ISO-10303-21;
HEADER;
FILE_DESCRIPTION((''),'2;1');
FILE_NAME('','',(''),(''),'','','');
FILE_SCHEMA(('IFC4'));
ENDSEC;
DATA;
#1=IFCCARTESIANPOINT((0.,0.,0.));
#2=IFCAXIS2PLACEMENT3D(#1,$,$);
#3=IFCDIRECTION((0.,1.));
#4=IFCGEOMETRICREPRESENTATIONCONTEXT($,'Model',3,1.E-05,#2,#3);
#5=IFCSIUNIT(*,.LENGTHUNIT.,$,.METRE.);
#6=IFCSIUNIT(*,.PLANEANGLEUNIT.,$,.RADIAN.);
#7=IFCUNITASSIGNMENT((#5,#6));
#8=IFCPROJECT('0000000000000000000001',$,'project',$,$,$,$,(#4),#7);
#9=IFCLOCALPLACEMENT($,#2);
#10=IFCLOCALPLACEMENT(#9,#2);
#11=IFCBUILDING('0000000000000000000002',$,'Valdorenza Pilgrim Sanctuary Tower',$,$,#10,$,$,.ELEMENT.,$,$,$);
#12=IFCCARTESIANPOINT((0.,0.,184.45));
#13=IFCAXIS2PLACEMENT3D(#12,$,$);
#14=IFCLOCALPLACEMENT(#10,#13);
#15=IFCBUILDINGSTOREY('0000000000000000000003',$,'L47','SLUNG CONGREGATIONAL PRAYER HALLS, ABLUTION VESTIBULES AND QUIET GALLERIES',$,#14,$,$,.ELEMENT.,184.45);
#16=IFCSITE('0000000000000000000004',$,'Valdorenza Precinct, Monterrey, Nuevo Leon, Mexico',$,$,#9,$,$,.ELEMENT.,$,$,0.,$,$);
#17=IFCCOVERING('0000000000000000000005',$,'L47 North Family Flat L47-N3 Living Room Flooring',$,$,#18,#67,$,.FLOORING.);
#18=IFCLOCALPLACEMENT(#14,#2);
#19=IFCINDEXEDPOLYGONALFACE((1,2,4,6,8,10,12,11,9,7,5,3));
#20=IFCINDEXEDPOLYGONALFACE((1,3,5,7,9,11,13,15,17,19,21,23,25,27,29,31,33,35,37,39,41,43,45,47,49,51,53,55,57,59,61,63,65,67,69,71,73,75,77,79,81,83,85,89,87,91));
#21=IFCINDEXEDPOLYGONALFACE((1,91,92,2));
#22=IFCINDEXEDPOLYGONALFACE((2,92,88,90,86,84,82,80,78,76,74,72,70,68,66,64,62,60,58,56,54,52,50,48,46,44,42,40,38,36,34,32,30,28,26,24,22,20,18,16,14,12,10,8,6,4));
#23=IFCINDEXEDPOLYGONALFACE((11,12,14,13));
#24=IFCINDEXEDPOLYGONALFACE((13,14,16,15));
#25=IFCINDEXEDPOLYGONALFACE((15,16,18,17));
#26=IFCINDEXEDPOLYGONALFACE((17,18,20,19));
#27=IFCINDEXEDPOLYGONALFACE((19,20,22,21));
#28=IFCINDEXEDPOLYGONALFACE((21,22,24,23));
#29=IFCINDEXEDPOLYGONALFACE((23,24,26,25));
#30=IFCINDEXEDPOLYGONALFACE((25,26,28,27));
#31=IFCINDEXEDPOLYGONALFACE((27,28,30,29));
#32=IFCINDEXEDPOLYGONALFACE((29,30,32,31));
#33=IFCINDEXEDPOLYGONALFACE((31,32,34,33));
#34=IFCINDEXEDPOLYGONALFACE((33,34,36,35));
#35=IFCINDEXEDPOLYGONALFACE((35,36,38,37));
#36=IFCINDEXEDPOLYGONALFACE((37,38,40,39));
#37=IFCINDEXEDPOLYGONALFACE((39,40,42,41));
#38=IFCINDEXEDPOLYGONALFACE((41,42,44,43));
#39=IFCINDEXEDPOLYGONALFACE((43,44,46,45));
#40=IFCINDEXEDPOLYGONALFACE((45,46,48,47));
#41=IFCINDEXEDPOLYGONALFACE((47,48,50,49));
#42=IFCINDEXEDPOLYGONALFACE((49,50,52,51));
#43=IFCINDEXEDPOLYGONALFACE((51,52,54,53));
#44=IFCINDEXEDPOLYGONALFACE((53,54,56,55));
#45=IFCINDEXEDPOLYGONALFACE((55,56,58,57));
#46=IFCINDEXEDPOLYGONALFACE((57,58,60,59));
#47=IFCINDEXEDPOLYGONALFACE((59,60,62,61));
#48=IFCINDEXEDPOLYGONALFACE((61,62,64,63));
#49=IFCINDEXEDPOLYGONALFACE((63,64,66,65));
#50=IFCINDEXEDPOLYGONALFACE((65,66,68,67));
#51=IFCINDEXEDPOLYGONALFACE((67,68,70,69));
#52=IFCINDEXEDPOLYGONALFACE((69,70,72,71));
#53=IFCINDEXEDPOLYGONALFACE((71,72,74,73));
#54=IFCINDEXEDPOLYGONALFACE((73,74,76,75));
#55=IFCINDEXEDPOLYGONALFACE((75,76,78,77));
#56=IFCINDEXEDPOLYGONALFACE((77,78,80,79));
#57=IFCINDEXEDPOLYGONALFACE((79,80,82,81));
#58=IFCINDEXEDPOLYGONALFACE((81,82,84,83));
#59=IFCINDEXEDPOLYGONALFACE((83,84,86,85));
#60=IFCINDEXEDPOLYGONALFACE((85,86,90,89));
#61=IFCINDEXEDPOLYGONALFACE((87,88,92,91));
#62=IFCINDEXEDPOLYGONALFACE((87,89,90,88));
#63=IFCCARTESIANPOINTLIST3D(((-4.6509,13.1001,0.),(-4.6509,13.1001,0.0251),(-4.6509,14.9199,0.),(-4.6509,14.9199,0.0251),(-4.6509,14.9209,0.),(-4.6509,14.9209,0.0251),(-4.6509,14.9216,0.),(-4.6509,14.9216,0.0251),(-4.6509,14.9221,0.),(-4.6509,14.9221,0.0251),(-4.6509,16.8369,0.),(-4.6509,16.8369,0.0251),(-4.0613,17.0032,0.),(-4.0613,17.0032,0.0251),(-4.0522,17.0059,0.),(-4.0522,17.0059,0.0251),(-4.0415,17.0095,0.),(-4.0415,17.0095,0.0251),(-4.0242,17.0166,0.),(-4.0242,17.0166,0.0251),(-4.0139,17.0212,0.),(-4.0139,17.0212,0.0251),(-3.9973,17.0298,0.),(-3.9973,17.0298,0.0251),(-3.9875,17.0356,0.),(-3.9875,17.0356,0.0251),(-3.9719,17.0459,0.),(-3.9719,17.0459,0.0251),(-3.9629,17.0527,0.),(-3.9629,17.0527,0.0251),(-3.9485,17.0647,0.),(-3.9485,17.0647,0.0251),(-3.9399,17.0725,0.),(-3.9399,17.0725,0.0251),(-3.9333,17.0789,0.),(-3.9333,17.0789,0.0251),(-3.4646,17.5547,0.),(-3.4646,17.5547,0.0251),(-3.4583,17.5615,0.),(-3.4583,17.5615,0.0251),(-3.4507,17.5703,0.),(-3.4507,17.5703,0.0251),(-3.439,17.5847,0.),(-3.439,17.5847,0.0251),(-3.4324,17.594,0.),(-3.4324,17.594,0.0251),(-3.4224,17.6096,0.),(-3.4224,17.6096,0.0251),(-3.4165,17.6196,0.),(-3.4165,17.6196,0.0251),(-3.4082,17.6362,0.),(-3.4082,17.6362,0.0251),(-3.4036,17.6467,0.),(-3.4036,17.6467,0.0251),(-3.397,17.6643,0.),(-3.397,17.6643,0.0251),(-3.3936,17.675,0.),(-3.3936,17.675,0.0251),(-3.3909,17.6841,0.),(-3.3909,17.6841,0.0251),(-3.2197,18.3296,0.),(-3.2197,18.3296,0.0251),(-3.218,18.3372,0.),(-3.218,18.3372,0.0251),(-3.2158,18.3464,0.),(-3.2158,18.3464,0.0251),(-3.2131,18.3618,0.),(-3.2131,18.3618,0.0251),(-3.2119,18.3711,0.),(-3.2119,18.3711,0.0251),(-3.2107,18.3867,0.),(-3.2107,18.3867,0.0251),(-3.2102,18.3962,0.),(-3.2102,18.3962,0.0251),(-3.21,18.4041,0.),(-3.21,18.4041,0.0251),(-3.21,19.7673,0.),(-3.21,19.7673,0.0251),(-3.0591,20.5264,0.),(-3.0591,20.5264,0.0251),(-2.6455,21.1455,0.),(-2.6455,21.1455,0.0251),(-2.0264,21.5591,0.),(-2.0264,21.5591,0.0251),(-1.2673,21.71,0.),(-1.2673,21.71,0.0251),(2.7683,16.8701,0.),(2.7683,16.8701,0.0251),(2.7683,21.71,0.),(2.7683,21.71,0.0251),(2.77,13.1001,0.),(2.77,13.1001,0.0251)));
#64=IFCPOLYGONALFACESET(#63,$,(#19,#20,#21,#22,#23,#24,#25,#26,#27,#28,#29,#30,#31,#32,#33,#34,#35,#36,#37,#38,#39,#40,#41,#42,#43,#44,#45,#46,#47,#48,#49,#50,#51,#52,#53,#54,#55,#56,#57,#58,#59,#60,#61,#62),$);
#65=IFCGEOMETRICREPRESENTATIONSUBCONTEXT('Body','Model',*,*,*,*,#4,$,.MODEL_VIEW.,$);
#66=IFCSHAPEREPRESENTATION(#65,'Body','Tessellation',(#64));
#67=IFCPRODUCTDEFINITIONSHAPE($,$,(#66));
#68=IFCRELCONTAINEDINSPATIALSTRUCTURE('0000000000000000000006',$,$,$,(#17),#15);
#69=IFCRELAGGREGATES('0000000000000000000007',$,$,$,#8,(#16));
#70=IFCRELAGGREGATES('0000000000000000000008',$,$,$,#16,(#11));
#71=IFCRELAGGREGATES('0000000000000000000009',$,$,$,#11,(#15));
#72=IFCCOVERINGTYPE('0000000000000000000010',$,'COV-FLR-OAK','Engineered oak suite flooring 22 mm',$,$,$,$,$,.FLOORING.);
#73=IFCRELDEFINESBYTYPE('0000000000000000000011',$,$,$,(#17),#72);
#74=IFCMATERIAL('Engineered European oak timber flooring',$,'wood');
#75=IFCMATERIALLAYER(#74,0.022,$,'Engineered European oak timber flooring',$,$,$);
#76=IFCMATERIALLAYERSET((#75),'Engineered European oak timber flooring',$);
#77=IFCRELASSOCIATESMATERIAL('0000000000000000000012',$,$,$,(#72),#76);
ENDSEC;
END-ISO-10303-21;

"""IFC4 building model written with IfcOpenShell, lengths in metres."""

from ifc_helpers import new_model, si_unit, direction, frame, origin, place, context, subcontext, project, spatial, polyline, outline, extrude, material, layer, layer_set, type_object, element, save


model = new_model("IFC4")

# Units and contexts
model_context = context("Model", 3, precision=1e-05, world=origin(), true_north=direction((0.0, 1.0)))
body_context = subcontext(model_context, "Body", "Model", "MODEL_VIEW")
ifc_project = project(units=[si_unit("LENGTHUNIT", "METRE"), si_unit("PLANEANGLEUNIT", "RADIAN")], contexts=[model_context])

# Site, building, storey
site_placement = place(None, origin())
site = spatial("IfcSite", under=ifc_project, at=site_placement, Name="Valdorenza Precinct, Monterrey, Nuevo Leon, Mexico", CompositionType="ELEMENT", RefElevation=0.0)
building_placement = place(site_placement, origin())
building = spatial("IfcBuilding", under=site, at=building_placement, Name="Valdorenza Pilgrim Sanctuary Tower", CompositionType="ELEMENT")
storey_placement = place(building_placement, frame((0.0, 0.0, 184.45)))
storey = spatial("IfcBuildingStorey", under=building, at=storey_placement, Name="L47", Description="SLUNG CONGREGATIONAL PRAYER HALLS, ABLUTION VESTIBULES AND QUIET GALLERIES", CompositionType="ELEMENT", Elevation=184.45)

# Covering
ifc_material_1 = material(Name="Engineered European oak timber flooring", Category="wood")
ifc_layer_1 = layer(ifc_material_1, 0.022, Name="Engineered European oak timber flooring")
ifc_layer_set_1 = layer_set([ifc_layer_1], Name="Engineered European oak timber flooring")
covering_type_1 = type_object("IfcCoveringType", Name="COV-FLR-OAK", Description="Engineered oak suite flooring 22 mm", PredefinedType="FLOORING", material=ifc_layer_set_1)
covering_1_placement = place(storey_placement, origin())
element("IfcCovering", 1, at=covering_1_placement, inside=storey, type_object=covering_type_1, Name="L47 North Family Flat L47-N3 Living Room Flooring", PredefinedType="FLOORING", context=body_context, shape_type="SweptSolid", body=[
    extrude(outline(polyline([(-4.6509, 14.9216), (-4.6509, 14.9221), (-4.6509, 16.8369), (-4.0613, 17.0032), (-4.0522, 17.0059), (-4.0415, 17.0095), (-4.0242, 17.0166), (-4.0139, 17.0212), (-3.9973, 17.0298), (-3.9875, 17.0356), (-3.9719, 17.0459), (-3.9629, 17.0527), (-3.9485, 17.0647), (-3.9399, 17.0725), (-3.9333, 17.0789), (-3.4646, 17.5547), (-3.4583, 17.5615), (-3.4507, 17.5703), (-3.439, 17.5847), (-3.4324, 17.594), (-3.4224, 17.6096), (-3.4165, 17.6196), (-3.4082, 17.6362), (-3.4036, 17.6467), (-3.397, 17.6643), (-3.3936, 17.675), (-3.3909, 17.6841), (-3.2197, 18.3296), (-3.218, 18.3372), (-3.2158, 18.3464), (-3.2131, 18.3618), (-3.2119, 18.3711), (-3.2107, 18.3867), (-3.2102, 18.3962), (-3.21, 18.4041), (-3.21, 19.7673), (-3.0591, 20.5264), (-2.6455, 21.1455), (-2.0264, 21.5591), (-1.2673, 21.71), (2.7683, 21.71), (2.7683, 16.8701), (2.77, 13.1001), (-4.6509, 13.1001), (-4.6509, 14.9199), (-4.6509, 14.9209), (-4.6509, 14.9216)])), origin(), (0.0, 0.0, 1.0), 0.0251),
])

save(model, "model.ifc")
